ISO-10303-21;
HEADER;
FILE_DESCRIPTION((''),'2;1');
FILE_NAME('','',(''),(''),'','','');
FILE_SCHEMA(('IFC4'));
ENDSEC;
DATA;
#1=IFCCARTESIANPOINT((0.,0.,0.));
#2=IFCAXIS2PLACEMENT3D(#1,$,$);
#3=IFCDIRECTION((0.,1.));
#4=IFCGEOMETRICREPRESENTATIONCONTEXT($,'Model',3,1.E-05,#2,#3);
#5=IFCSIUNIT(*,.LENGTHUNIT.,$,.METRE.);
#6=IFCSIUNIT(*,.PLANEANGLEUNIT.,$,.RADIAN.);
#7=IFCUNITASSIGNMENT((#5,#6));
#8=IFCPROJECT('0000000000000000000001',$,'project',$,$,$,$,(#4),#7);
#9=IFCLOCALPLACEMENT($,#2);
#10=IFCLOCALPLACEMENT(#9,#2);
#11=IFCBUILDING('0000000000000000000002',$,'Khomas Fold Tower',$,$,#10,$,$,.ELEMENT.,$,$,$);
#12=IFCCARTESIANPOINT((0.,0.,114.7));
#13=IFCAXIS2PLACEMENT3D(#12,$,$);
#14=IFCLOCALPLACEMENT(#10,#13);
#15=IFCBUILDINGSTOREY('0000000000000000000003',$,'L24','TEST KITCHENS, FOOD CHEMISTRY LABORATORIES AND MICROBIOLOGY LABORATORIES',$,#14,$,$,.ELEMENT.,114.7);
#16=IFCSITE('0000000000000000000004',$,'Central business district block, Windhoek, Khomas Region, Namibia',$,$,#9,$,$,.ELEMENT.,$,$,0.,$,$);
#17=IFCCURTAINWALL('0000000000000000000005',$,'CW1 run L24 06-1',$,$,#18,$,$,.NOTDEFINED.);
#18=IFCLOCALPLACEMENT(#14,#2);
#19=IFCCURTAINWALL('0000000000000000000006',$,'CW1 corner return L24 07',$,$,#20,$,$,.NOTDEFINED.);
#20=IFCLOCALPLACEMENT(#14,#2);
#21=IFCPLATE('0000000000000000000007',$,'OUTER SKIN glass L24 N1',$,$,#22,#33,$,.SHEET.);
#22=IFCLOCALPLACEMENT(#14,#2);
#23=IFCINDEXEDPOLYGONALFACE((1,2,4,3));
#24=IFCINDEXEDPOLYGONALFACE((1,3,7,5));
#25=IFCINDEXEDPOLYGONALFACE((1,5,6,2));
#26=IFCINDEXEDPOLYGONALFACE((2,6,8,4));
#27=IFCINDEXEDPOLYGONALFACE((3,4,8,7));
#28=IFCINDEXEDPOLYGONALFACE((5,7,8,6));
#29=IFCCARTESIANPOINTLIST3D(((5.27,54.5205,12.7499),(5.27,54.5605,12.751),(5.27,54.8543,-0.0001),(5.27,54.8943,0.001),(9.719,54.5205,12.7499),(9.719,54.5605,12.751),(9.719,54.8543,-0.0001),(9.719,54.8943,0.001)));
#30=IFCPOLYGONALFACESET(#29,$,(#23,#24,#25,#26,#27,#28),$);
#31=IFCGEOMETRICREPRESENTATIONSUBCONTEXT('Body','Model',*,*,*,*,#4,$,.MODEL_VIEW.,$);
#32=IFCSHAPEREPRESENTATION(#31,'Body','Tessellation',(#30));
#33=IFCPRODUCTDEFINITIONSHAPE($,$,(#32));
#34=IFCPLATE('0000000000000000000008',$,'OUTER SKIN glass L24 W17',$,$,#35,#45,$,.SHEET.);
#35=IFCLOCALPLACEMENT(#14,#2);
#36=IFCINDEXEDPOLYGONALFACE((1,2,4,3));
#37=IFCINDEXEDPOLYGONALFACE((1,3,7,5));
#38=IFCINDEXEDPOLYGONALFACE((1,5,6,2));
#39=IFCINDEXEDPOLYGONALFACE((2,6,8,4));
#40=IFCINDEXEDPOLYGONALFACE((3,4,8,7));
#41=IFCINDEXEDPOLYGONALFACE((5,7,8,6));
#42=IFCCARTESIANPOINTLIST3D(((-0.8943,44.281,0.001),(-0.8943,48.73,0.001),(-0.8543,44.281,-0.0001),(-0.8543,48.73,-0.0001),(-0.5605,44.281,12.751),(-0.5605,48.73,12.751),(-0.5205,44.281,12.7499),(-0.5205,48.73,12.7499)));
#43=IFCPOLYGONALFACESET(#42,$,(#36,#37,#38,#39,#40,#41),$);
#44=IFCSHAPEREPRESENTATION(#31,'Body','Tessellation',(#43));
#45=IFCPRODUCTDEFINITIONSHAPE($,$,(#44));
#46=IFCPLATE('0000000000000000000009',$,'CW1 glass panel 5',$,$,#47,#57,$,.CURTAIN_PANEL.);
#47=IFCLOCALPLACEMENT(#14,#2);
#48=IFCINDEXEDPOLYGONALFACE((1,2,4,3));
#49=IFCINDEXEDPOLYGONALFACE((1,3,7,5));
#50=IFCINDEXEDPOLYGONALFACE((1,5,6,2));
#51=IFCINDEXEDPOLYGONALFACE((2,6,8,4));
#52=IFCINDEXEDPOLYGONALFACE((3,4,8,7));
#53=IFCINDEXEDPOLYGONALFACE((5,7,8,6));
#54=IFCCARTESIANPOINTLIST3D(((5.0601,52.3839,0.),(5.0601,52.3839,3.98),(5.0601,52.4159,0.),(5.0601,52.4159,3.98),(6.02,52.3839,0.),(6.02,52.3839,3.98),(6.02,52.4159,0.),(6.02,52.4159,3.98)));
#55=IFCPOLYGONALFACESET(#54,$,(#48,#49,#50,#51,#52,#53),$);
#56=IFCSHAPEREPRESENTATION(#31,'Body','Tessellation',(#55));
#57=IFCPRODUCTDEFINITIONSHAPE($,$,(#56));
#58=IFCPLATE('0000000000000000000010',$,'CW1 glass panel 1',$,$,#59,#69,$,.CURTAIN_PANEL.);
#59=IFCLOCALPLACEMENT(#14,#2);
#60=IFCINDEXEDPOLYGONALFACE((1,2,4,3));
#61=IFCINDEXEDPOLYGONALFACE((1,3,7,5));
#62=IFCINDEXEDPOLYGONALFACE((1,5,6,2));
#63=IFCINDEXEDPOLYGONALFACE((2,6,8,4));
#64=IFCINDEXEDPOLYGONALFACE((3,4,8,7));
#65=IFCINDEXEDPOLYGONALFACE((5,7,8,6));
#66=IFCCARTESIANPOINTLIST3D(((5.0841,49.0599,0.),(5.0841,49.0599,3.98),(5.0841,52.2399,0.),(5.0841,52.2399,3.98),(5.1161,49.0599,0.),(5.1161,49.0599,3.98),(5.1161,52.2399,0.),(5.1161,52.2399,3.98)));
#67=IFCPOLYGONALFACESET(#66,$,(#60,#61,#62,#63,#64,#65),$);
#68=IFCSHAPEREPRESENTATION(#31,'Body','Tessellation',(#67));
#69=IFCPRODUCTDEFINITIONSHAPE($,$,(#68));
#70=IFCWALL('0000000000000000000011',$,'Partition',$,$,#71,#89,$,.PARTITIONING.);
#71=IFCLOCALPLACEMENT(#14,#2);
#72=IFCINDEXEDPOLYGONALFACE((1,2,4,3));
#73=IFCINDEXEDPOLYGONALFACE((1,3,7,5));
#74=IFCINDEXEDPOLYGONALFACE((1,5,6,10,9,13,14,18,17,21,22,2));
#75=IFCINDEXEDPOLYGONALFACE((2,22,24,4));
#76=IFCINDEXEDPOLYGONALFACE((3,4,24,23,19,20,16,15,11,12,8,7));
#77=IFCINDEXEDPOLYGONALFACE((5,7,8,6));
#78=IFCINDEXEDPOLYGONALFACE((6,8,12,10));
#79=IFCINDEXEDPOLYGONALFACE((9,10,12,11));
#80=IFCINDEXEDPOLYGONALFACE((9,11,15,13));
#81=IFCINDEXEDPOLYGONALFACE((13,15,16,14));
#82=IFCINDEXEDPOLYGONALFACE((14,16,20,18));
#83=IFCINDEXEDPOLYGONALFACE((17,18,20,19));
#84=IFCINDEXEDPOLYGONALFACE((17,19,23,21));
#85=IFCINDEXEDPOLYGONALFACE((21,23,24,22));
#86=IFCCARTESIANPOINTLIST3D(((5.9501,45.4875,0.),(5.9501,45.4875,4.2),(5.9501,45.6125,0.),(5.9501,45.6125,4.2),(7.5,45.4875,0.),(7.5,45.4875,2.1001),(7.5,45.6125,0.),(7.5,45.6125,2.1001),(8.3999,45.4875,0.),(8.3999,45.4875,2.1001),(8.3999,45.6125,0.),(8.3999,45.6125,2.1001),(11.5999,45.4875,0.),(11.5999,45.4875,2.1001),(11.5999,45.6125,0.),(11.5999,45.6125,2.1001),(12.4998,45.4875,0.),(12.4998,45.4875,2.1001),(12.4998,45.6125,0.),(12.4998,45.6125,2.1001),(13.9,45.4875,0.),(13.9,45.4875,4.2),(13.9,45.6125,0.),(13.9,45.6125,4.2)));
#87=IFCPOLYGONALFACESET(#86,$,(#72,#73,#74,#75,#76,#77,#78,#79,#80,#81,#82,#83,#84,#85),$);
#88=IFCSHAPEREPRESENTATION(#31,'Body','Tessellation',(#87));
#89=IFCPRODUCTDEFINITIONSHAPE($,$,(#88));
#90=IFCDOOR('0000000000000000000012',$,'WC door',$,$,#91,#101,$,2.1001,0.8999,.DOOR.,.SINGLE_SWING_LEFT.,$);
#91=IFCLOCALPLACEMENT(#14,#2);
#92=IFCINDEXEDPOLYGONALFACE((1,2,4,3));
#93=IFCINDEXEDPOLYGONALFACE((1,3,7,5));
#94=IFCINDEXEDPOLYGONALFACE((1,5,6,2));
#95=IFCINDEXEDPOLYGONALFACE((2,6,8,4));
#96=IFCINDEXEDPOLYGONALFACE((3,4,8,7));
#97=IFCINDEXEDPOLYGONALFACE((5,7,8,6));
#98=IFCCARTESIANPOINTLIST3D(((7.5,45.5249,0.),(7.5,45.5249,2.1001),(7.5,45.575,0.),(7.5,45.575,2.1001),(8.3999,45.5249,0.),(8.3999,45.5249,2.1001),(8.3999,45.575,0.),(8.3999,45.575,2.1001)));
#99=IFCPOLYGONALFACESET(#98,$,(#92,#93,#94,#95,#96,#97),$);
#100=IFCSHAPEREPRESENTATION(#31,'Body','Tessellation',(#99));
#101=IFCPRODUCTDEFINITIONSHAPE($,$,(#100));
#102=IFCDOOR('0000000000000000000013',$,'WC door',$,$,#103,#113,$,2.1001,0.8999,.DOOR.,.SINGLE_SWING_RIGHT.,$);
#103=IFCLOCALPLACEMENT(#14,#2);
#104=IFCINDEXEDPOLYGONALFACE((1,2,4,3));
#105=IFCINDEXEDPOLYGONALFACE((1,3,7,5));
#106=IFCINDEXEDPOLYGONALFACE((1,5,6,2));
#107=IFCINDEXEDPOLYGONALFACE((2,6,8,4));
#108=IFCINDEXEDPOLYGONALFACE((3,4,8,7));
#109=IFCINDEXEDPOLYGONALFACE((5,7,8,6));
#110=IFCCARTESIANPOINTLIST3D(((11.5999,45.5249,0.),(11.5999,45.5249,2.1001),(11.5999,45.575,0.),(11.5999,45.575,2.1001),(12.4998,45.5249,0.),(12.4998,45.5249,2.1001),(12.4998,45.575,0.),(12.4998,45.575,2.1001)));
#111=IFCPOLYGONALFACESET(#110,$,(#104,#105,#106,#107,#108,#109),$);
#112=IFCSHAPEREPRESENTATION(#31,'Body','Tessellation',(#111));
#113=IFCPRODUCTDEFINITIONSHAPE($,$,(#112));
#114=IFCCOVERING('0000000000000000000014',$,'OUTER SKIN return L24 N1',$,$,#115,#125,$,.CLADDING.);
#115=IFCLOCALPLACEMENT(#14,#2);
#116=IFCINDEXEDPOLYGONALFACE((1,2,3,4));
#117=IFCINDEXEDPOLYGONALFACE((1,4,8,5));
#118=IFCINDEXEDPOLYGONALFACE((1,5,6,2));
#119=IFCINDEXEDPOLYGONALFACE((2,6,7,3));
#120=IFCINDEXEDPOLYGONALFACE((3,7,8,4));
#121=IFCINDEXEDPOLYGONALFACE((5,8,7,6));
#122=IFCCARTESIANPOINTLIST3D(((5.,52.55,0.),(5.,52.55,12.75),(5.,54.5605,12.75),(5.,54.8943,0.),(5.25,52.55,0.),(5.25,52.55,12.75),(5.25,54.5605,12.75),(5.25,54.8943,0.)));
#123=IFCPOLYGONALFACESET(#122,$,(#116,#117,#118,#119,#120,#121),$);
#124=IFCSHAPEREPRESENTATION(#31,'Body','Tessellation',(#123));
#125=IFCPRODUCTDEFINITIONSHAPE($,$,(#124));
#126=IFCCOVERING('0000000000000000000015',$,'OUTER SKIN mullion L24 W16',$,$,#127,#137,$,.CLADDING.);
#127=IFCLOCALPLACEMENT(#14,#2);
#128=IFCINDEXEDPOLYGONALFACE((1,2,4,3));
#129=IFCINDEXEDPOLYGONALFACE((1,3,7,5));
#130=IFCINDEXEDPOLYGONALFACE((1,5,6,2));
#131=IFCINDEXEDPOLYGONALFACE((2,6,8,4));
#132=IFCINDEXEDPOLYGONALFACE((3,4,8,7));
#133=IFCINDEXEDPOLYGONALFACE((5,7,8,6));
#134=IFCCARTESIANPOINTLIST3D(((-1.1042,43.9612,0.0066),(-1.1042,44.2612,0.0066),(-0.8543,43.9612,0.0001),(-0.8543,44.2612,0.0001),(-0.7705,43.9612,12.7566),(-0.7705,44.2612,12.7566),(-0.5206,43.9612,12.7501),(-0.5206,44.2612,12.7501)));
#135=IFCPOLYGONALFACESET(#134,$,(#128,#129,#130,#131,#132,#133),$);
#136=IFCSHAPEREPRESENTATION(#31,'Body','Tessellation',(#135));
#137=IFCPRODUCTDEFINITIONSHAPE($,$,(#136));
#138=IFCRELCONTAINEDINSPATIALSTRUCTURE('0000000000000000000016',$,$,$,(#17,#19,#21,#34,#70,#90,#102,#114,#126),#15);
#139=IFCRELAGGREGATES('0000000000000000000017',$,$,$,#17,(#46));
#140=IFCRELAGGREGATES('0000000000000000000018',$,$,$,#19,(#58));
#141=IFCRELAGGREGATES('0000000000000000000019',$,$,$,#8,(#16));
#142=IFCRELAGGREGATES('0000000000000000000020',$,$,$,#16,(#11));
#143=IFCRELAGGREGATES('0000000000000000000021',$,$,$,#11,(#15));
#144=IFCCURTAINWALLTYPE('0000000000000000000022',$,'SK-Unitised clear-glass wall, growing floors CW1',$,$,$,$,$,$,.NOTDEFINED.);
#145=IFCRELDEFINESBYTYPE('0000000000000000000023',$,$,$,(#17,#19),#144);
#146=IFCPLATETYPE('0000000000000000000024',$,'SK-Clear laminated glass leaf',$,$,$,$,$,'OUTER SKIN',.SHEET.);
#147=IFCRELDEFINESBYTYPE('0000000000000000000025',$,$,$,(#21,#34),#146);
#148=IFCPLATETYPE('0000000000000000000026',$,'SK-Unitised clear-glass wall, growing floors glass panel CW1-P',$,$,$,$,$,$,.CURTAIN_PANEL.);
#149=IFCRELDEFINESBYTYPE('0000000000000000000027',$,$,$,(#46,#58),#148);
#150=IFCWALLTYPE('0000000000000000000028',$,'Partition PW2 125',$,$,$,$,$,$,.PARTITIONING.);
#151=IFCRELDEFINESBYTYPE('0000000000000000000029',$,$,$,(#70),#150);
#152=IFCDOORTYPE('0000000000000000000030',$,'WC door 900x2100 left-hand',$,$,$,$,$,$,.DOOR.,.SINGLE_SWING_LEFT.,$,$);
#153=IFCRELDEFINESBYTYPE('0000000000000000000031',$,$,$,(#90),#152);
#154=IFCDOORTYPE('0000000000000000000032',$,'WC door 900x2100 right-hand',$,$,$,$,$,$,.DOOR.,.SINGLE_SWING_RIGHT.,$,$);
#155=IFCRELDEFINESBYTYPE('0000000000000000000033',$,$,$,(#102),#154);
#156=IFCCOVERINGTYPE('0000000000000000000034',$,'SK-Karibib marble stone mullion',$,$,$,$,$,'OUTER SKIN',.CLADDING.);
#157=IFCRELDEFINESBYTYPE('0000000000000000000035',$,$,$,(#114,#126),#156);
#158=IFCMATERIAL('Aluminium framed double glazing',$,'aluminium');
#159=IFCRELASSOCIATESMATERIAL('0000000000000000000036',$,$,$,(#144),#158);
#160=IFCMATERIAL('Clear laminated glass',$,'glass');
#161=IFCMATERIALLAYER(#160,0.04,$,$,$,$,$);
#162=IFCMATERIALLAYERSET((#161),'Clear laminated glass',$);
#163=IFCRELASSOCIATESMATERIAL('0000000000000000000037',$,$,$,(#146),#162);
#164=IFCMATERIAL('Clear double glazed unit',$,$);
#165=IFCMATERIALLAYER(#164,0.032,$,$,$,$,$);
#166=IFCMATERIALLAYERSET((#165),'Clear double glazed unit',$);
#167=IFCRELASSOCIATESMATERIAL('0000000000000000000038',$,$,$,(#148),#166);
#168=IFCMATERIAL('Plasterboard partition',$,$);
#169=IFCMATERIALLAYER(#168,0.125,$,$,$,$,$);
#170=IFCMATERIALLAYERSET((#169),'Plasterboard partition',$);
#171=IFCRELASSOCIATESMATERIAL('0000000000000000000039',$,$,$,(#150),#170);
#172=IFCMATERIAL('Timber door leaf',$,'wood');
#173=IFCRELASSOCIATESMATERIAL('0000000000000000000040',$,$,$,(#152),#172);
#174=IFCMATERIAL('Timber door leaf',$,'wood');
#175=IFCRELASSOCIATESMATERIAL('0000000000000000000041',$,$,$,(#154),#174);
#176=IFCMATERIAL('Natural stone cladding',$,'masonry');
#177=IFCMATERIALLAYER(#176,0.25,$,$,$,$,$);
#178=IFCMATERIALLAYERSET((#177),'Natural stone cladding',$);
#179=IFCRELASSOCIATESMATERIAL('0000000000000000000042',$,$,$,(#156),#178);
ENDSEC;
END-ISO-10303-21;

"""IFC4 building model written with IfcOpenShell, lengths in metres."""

from ifc_helpers import new_model, si_unit, direction, frame, frame_2d, origin, origin_2d, place, context, subcontext, project, spatial, polyline, rectangle, outline, extrude, source, transform, mapped, material, layer, layer_set, type_object, element, fill, aggregate, save


model = new_model("IFC4")

# Units and contexts
model_context = context("Model", 3, precision=1e-05, world=origin(), true_north=direction((0.0, 1.0)))
body_context = subcontext(model_context, "Body", "Model", "MODEL_VIEW")
ifc_project = project(units=[si_unit("LENGTHUNIT", "METRE"), si_unit("PLANEANGLEUNIT", "RADIAN")], contexts=[model_context])

# Site, building, storey
site_placement = place(None, origin())
site = spatial("IfcSite", under=ifc_project, at=site_placement, Name="Central business district block, Windhoek, Khomas Region, Namibia", CompositionType="ELEMENT", RefElevation=0.0)
building_placement = place(site_placement, origin())
building = spatial("IfcBuilding", under=site, at=building_placement, Name="Khomas Fold Tower", CompositionType="ELEMENT")
storey_placement = place(building_placement, frame((0.0, 0.0, 114.7)))
storey = spatial("IfcBuildingStorey", under=building, at=storey_placement, Name="L24", Description="TEST KITCHENS, FOOD CHEMISTRY LABORATORIES AND MICROBIOLOGY LABORATORIES", CompositionType="ELEMENT", Elevation=114.7)

# Curtain wall
ifc_material_1 = material(Name="Aluminium framed double glazing", Category="aluminium")
curtain_wall_type = type_object("IfcCurtainWallType", Name="SK-Unitised clear-glass wall, growing floors CW1", PredefinedType="NOTDEFINED", material=ifc_material_1)
curtain_wall_1_placement = place(storey_placement, origin())
curtain_wall_1 = element("IfcCurtainWall", 1, at=curtain_wall_1_placement, inside=storey, type_object=curtain_wall_type, Name="CW1 run L24 06-1", PredefinedType="NOTDEFINED")

# Curtain wall
curtain_wall_2_placement = place(storey_placement, origin())
curtain_wall_2 = element("IfcCurtainWall", 2, at=curtain_wall_2_placement, inside=storey, type_object=curtain_wall_type, Name="CW1 corner return L24 07", PredefinedType="NOTDEFINED")

# Plates
ifc_material_2 = material(Name="Clear laminated glass", Category="glass")
ifc_layer_1 = layer(ifc_material_2, 0.04)
ifc_layer_set_1 = layer_set([ifc_layer_1], Name="Clear laminated glass")
plate_type_1 = type_object("IfcPlateType", Name="SK-Clear laminated glass leaf", ElementType="OUTER SKIN", PredefinedType="SHEET", material=ifc_layer_set_1)
for number, where, z_axis, x_axis, name in (
    (3, (5.27, 54.8943, 0.001), (0.0, 0.999658, 0.026167), (1.0, 0.0, 0.0), "OUTER SKIN glass L24 N1"),
    (4, (-0.8943, 44.281, 0.001), (-0.999658, 0.0, 0.026167), (0.0, 1.0, 0.0), "OUTER SKIN glass L24 W17"),
):
    element("IfcPlate", number, at=place(storey_placement, frame(where, z_axis=z_axis, x_axis=x_axis)), inside=storey, type_object=plate_type_1, Name=name, PredefinedType="SHEET", context=body_context, shape_type="SweptSolid", body=[
        extrude(outline(polyline([(0.0, 0.0), (4.449, 0.0), (4.449, -12.7544), (0.0, -12.7544), (0.0, 0.0)])), origin(), (0.0, 0.0, -1.0), 0.04),
    ])

# Plates
ifc_material_3 = material(Name="Clear double glazed unit")
ifc_layer_2 = layer(ifc_material_3, 0.032)
ifc_layer_set_2 = layer_set([ifc_layer_2], Name="Clear double glazed unit")
plate_type_2 = type_object("IfcPlateType", Name="SK-Unitised clear-glass wall, growing floors glass panel CW1-P", PredefinedType="CURTAIN_PANEL", material=ifc_layer_set_2)
shared_shape_1 = source(origin(), body_context, "Body", "SweptSolid", [
    extrude(rectangle(XDim=0.96, YDim=0.032, at=origin_2d()), origin(), (0.0, 0.0, 1.0), 3.98),
])
plate_1_placement = place(storey_placement, frame((5.54, 52.3999, 0.0), z_axis=(0.0, 0.0, 1.0), x_axis=(-1.0, 0.0, 0.0)))
plate_1 = element("IfcPlate", 5, at=plate_1_placement, type_object=plate_type_2, Name="CW1 glass panel 5", PredefinedType="CURTAIN_PANEL", context=body_context, shape_type="MappedRepresentation", body=[
    mapped(shared_shape_1, transform((0.0, 0.0, 0.0))),
])
aggregate(curtain_wall_1, [plate_1])
shared_shape_2 = source(origin(), body_context, "Body", "SweptSolid", [
    extrude(rectangle(XDim=3.1799, YDim=0.032, at=origin_2d()), origin(), (0.0, 0.0, 1.0), 3.98),
])
plate_2_placement = place(storey_placement, frame((5.1001, 50.6499, 0.0), z_axis=(0.0, 0.0, 1.0), x_axis=(0.0, -1.0, 0.0)))
plate_2 = element("IfcPlate", 6, at=plate_2_placement, type_object=plate_type_2, Name="CW1 glass panel 1", PredefinedType="CURTAIN_PANEL", context=body_context, shape_type="MappedRepresentation", body=[
    mapped(shared_shape_2, transform((0.0, 0.0, 0.0))),
])
aggregate(curtain_wall_2, [plate_2])

# Wall, openings, doors
ifc_material_4 = material(Name="Plasterboard partition")
ifc_layer_3 = layer(ifc_material_4, 0.125)
ifc_layer_set_3 = layer_set([ifc_layer_3], Name="Plasterboard partition")
wall_type = type_object("IfcWallType", Name="Partition PW2 125", PredefinedType="PARTITIONING", material=ifc_layer_set_3)
shared_shape_3 = source(origin(), body_context, "Body", "SweptSolid", [
    extrude(rectangle(XDim=7.95, YDim=0.125, at=frame_2d((3.9751, 0.0))), origin(), (0.0, 0.0, 1.0), 4.2),
])
wall_placement = place(storey_placement, frame((5.95, 45.55, 0.0), z_axis=(0.0, 0.0, 1.0), x_axis=(1.0, 0.0, 0.0)))
wall = element("IfcWall", 7, at=wall_placement, inside=storey, type_object=wall_type, Name="Partition", PredefinedType="PARTITIONING", context=body_context, shape_type="MappedRepresentation", body=[
    mapped(shared_shape_3, transform((0.0, 0.0, 0.0))),
])
shared_shape_4 = source(origin(), body_context, "Body", "SweptSolid", [
    extrude(rectangle(XDim=0.8999, YDim=2.1001, at=frame_2d((0.45, 1.05))), frame((0.0, 0.0725, 0.0), z_axis=(0.0, -1.0, 0.0), x_axis=(1.0, 0.0, 0.0)), (0.0, 0.0, 1.0), 0.145),
])
opening_1_placement = place(wall_placement, frame((1.55, 0.0, 0.0)))
opening_1 = element("IfcOpeningElement", 8, at=opening_1_placement, cuts=wall, PredefinedType="OPENING", context=body_context, shape_type="MappedRepresentation", body=[
    mapped(shared_shape_4, transform((0.0, 0.0, 0.0))),
])
opening_2_placement = place(wall_placement, frame((5.6499, 0.0, 0.0)))
opening_2 = element("IfcOpeningElement", 9, at=opening_2_placement, cuts=wall, PredefinedType="OPENING", context=body_context, shape_type="MappedRepresentation", body=[
    mapped(shared_shape_4, transform((0.0, 0.0, 0.0))),
])
ifc_material_5 = material(Name="Timber door leaf", Category="wood")
door_type_1 = type_object("IfcDoorType", Name="WC door 900x2100 left-hand", OperationType="SINGLE_SWING_LEFT", PredefinedType="DOOR", material=ifc_material_5)
shared_shape_5 = source(origin(), body_context, "Body", "SweptSolid", [
    extrude(rectangle(XDim=0.8999, YDim=2.1001, at=frame_2d((0.45, 1.05))), frame((0.0, 0.0249, 0.0), z_axis=(0.0, -1.0, 0.0), x_axis=(1.0, 0.0, 0.0)), (0.0, 0.0, 1.0), 0.05),
])
door_1_placement = place(opening_1_placement, origin())
door_1 = element("IfcDoor", 10, at=door_1_placement, inside=storey, type_object=door_type_1, Name="WC door", OperationType="SINGLE_SWING_LEFT", OverallHeight=2.1001, OverallWidth=0.8999, PredefinedType="DOOR", context=body_context, shape_type="MappedRepresentation", body=[
    mapped(shared_shape_5, transform((0.0, 0.0, 0.0))),
])
fill(opening_1, door_1)
ifc_material_6 = material(Name="Timber door leaf", Category="wood")
door_type_2 = type_object("IfcDoorType", Name="WC door 900x2100 right-hand", OperationType="SINGLE_SWING_RIGHT", PredefinedType="DOOR", material=ifc_material_6)
door_2_placement = place(opening_2_placement, origin())
door_2 = element("IfcDoor", 11, at=door_2_placement, inside=storey, type_object=door_type_2, Name="WC door", OperationType="SINGLE_SWING_RIGHT", OverallHeight=2.1001, OverallWidth=0.8999, PredefinedType="DOOR", context=body_context, shape_type="MappedRepresentation", body=[
    mapped(shared_shape_5, transform((0.0, 0.0, 0.0))),
])
fill(opening_2, door_2)

# Coverings
ifc_material_7 = material(Name="Natural stone cladding", Category="masonry")
ifc_layer_4 = layer(ifc_material_7, 0.25)
ifc_layer_set_4 = layer_set([ifc_layer_4], Name="Natural stone cladding")
covering_type = type_object("IfcCoveringType", Name="SK-Karibib marble stone mullion", ElementType="OUTER SKIN", PredefinedType="CLADDING", material=ifc_layer_set_4)
covering_1_placement = place(storey_placement, frame((5.0, 52.55, 12.75), z_axis=(-1.0, 0.0, 0.0), x_axis=(0.0, 1.0, 0.0)))
element("IfcCovering", 12, at=covering_1_placement, inside=storey, type_object=covering_type, Name="OUTER SKIN return L24 N1", PredefinedType="CLADDING", context=body_context, shape_type="SweptSolid", body=[
    extrude(outline(polyline([(0.0, 0.0), (2.0105, 0.0), (2.3442, 12.75), (0.0, 12.75), (0.0, 0.0)])), origin(), (0.0, 0.0, -1.0), 0.25),
])
covering_2_placement = place(storey_placement, frame((-1.1042, 43.9612, 0.0066), z_axis=(-0.999658, 0.0, 0.026167), x_axis=(0.0, 1.0, 0.0)))
element("IfcCovering", 13, at=covering_2_placement, inside=storey, type_object=covering_type, Name="OUTER SKIN mullion L24 W16", PredefinedType="CLADDING", context=body_context, shape_type="SweptSolid", body=[
    extrude(outline(polyline([(0.0, 0.0), (0.3, 0.0), (0.3, -12.7544), (0.0, -12.7544), (0.0, 0.0)])), origin(), (0.0, 0.0, -1.0), 0.25),
])

save(model, "model.ifc")
